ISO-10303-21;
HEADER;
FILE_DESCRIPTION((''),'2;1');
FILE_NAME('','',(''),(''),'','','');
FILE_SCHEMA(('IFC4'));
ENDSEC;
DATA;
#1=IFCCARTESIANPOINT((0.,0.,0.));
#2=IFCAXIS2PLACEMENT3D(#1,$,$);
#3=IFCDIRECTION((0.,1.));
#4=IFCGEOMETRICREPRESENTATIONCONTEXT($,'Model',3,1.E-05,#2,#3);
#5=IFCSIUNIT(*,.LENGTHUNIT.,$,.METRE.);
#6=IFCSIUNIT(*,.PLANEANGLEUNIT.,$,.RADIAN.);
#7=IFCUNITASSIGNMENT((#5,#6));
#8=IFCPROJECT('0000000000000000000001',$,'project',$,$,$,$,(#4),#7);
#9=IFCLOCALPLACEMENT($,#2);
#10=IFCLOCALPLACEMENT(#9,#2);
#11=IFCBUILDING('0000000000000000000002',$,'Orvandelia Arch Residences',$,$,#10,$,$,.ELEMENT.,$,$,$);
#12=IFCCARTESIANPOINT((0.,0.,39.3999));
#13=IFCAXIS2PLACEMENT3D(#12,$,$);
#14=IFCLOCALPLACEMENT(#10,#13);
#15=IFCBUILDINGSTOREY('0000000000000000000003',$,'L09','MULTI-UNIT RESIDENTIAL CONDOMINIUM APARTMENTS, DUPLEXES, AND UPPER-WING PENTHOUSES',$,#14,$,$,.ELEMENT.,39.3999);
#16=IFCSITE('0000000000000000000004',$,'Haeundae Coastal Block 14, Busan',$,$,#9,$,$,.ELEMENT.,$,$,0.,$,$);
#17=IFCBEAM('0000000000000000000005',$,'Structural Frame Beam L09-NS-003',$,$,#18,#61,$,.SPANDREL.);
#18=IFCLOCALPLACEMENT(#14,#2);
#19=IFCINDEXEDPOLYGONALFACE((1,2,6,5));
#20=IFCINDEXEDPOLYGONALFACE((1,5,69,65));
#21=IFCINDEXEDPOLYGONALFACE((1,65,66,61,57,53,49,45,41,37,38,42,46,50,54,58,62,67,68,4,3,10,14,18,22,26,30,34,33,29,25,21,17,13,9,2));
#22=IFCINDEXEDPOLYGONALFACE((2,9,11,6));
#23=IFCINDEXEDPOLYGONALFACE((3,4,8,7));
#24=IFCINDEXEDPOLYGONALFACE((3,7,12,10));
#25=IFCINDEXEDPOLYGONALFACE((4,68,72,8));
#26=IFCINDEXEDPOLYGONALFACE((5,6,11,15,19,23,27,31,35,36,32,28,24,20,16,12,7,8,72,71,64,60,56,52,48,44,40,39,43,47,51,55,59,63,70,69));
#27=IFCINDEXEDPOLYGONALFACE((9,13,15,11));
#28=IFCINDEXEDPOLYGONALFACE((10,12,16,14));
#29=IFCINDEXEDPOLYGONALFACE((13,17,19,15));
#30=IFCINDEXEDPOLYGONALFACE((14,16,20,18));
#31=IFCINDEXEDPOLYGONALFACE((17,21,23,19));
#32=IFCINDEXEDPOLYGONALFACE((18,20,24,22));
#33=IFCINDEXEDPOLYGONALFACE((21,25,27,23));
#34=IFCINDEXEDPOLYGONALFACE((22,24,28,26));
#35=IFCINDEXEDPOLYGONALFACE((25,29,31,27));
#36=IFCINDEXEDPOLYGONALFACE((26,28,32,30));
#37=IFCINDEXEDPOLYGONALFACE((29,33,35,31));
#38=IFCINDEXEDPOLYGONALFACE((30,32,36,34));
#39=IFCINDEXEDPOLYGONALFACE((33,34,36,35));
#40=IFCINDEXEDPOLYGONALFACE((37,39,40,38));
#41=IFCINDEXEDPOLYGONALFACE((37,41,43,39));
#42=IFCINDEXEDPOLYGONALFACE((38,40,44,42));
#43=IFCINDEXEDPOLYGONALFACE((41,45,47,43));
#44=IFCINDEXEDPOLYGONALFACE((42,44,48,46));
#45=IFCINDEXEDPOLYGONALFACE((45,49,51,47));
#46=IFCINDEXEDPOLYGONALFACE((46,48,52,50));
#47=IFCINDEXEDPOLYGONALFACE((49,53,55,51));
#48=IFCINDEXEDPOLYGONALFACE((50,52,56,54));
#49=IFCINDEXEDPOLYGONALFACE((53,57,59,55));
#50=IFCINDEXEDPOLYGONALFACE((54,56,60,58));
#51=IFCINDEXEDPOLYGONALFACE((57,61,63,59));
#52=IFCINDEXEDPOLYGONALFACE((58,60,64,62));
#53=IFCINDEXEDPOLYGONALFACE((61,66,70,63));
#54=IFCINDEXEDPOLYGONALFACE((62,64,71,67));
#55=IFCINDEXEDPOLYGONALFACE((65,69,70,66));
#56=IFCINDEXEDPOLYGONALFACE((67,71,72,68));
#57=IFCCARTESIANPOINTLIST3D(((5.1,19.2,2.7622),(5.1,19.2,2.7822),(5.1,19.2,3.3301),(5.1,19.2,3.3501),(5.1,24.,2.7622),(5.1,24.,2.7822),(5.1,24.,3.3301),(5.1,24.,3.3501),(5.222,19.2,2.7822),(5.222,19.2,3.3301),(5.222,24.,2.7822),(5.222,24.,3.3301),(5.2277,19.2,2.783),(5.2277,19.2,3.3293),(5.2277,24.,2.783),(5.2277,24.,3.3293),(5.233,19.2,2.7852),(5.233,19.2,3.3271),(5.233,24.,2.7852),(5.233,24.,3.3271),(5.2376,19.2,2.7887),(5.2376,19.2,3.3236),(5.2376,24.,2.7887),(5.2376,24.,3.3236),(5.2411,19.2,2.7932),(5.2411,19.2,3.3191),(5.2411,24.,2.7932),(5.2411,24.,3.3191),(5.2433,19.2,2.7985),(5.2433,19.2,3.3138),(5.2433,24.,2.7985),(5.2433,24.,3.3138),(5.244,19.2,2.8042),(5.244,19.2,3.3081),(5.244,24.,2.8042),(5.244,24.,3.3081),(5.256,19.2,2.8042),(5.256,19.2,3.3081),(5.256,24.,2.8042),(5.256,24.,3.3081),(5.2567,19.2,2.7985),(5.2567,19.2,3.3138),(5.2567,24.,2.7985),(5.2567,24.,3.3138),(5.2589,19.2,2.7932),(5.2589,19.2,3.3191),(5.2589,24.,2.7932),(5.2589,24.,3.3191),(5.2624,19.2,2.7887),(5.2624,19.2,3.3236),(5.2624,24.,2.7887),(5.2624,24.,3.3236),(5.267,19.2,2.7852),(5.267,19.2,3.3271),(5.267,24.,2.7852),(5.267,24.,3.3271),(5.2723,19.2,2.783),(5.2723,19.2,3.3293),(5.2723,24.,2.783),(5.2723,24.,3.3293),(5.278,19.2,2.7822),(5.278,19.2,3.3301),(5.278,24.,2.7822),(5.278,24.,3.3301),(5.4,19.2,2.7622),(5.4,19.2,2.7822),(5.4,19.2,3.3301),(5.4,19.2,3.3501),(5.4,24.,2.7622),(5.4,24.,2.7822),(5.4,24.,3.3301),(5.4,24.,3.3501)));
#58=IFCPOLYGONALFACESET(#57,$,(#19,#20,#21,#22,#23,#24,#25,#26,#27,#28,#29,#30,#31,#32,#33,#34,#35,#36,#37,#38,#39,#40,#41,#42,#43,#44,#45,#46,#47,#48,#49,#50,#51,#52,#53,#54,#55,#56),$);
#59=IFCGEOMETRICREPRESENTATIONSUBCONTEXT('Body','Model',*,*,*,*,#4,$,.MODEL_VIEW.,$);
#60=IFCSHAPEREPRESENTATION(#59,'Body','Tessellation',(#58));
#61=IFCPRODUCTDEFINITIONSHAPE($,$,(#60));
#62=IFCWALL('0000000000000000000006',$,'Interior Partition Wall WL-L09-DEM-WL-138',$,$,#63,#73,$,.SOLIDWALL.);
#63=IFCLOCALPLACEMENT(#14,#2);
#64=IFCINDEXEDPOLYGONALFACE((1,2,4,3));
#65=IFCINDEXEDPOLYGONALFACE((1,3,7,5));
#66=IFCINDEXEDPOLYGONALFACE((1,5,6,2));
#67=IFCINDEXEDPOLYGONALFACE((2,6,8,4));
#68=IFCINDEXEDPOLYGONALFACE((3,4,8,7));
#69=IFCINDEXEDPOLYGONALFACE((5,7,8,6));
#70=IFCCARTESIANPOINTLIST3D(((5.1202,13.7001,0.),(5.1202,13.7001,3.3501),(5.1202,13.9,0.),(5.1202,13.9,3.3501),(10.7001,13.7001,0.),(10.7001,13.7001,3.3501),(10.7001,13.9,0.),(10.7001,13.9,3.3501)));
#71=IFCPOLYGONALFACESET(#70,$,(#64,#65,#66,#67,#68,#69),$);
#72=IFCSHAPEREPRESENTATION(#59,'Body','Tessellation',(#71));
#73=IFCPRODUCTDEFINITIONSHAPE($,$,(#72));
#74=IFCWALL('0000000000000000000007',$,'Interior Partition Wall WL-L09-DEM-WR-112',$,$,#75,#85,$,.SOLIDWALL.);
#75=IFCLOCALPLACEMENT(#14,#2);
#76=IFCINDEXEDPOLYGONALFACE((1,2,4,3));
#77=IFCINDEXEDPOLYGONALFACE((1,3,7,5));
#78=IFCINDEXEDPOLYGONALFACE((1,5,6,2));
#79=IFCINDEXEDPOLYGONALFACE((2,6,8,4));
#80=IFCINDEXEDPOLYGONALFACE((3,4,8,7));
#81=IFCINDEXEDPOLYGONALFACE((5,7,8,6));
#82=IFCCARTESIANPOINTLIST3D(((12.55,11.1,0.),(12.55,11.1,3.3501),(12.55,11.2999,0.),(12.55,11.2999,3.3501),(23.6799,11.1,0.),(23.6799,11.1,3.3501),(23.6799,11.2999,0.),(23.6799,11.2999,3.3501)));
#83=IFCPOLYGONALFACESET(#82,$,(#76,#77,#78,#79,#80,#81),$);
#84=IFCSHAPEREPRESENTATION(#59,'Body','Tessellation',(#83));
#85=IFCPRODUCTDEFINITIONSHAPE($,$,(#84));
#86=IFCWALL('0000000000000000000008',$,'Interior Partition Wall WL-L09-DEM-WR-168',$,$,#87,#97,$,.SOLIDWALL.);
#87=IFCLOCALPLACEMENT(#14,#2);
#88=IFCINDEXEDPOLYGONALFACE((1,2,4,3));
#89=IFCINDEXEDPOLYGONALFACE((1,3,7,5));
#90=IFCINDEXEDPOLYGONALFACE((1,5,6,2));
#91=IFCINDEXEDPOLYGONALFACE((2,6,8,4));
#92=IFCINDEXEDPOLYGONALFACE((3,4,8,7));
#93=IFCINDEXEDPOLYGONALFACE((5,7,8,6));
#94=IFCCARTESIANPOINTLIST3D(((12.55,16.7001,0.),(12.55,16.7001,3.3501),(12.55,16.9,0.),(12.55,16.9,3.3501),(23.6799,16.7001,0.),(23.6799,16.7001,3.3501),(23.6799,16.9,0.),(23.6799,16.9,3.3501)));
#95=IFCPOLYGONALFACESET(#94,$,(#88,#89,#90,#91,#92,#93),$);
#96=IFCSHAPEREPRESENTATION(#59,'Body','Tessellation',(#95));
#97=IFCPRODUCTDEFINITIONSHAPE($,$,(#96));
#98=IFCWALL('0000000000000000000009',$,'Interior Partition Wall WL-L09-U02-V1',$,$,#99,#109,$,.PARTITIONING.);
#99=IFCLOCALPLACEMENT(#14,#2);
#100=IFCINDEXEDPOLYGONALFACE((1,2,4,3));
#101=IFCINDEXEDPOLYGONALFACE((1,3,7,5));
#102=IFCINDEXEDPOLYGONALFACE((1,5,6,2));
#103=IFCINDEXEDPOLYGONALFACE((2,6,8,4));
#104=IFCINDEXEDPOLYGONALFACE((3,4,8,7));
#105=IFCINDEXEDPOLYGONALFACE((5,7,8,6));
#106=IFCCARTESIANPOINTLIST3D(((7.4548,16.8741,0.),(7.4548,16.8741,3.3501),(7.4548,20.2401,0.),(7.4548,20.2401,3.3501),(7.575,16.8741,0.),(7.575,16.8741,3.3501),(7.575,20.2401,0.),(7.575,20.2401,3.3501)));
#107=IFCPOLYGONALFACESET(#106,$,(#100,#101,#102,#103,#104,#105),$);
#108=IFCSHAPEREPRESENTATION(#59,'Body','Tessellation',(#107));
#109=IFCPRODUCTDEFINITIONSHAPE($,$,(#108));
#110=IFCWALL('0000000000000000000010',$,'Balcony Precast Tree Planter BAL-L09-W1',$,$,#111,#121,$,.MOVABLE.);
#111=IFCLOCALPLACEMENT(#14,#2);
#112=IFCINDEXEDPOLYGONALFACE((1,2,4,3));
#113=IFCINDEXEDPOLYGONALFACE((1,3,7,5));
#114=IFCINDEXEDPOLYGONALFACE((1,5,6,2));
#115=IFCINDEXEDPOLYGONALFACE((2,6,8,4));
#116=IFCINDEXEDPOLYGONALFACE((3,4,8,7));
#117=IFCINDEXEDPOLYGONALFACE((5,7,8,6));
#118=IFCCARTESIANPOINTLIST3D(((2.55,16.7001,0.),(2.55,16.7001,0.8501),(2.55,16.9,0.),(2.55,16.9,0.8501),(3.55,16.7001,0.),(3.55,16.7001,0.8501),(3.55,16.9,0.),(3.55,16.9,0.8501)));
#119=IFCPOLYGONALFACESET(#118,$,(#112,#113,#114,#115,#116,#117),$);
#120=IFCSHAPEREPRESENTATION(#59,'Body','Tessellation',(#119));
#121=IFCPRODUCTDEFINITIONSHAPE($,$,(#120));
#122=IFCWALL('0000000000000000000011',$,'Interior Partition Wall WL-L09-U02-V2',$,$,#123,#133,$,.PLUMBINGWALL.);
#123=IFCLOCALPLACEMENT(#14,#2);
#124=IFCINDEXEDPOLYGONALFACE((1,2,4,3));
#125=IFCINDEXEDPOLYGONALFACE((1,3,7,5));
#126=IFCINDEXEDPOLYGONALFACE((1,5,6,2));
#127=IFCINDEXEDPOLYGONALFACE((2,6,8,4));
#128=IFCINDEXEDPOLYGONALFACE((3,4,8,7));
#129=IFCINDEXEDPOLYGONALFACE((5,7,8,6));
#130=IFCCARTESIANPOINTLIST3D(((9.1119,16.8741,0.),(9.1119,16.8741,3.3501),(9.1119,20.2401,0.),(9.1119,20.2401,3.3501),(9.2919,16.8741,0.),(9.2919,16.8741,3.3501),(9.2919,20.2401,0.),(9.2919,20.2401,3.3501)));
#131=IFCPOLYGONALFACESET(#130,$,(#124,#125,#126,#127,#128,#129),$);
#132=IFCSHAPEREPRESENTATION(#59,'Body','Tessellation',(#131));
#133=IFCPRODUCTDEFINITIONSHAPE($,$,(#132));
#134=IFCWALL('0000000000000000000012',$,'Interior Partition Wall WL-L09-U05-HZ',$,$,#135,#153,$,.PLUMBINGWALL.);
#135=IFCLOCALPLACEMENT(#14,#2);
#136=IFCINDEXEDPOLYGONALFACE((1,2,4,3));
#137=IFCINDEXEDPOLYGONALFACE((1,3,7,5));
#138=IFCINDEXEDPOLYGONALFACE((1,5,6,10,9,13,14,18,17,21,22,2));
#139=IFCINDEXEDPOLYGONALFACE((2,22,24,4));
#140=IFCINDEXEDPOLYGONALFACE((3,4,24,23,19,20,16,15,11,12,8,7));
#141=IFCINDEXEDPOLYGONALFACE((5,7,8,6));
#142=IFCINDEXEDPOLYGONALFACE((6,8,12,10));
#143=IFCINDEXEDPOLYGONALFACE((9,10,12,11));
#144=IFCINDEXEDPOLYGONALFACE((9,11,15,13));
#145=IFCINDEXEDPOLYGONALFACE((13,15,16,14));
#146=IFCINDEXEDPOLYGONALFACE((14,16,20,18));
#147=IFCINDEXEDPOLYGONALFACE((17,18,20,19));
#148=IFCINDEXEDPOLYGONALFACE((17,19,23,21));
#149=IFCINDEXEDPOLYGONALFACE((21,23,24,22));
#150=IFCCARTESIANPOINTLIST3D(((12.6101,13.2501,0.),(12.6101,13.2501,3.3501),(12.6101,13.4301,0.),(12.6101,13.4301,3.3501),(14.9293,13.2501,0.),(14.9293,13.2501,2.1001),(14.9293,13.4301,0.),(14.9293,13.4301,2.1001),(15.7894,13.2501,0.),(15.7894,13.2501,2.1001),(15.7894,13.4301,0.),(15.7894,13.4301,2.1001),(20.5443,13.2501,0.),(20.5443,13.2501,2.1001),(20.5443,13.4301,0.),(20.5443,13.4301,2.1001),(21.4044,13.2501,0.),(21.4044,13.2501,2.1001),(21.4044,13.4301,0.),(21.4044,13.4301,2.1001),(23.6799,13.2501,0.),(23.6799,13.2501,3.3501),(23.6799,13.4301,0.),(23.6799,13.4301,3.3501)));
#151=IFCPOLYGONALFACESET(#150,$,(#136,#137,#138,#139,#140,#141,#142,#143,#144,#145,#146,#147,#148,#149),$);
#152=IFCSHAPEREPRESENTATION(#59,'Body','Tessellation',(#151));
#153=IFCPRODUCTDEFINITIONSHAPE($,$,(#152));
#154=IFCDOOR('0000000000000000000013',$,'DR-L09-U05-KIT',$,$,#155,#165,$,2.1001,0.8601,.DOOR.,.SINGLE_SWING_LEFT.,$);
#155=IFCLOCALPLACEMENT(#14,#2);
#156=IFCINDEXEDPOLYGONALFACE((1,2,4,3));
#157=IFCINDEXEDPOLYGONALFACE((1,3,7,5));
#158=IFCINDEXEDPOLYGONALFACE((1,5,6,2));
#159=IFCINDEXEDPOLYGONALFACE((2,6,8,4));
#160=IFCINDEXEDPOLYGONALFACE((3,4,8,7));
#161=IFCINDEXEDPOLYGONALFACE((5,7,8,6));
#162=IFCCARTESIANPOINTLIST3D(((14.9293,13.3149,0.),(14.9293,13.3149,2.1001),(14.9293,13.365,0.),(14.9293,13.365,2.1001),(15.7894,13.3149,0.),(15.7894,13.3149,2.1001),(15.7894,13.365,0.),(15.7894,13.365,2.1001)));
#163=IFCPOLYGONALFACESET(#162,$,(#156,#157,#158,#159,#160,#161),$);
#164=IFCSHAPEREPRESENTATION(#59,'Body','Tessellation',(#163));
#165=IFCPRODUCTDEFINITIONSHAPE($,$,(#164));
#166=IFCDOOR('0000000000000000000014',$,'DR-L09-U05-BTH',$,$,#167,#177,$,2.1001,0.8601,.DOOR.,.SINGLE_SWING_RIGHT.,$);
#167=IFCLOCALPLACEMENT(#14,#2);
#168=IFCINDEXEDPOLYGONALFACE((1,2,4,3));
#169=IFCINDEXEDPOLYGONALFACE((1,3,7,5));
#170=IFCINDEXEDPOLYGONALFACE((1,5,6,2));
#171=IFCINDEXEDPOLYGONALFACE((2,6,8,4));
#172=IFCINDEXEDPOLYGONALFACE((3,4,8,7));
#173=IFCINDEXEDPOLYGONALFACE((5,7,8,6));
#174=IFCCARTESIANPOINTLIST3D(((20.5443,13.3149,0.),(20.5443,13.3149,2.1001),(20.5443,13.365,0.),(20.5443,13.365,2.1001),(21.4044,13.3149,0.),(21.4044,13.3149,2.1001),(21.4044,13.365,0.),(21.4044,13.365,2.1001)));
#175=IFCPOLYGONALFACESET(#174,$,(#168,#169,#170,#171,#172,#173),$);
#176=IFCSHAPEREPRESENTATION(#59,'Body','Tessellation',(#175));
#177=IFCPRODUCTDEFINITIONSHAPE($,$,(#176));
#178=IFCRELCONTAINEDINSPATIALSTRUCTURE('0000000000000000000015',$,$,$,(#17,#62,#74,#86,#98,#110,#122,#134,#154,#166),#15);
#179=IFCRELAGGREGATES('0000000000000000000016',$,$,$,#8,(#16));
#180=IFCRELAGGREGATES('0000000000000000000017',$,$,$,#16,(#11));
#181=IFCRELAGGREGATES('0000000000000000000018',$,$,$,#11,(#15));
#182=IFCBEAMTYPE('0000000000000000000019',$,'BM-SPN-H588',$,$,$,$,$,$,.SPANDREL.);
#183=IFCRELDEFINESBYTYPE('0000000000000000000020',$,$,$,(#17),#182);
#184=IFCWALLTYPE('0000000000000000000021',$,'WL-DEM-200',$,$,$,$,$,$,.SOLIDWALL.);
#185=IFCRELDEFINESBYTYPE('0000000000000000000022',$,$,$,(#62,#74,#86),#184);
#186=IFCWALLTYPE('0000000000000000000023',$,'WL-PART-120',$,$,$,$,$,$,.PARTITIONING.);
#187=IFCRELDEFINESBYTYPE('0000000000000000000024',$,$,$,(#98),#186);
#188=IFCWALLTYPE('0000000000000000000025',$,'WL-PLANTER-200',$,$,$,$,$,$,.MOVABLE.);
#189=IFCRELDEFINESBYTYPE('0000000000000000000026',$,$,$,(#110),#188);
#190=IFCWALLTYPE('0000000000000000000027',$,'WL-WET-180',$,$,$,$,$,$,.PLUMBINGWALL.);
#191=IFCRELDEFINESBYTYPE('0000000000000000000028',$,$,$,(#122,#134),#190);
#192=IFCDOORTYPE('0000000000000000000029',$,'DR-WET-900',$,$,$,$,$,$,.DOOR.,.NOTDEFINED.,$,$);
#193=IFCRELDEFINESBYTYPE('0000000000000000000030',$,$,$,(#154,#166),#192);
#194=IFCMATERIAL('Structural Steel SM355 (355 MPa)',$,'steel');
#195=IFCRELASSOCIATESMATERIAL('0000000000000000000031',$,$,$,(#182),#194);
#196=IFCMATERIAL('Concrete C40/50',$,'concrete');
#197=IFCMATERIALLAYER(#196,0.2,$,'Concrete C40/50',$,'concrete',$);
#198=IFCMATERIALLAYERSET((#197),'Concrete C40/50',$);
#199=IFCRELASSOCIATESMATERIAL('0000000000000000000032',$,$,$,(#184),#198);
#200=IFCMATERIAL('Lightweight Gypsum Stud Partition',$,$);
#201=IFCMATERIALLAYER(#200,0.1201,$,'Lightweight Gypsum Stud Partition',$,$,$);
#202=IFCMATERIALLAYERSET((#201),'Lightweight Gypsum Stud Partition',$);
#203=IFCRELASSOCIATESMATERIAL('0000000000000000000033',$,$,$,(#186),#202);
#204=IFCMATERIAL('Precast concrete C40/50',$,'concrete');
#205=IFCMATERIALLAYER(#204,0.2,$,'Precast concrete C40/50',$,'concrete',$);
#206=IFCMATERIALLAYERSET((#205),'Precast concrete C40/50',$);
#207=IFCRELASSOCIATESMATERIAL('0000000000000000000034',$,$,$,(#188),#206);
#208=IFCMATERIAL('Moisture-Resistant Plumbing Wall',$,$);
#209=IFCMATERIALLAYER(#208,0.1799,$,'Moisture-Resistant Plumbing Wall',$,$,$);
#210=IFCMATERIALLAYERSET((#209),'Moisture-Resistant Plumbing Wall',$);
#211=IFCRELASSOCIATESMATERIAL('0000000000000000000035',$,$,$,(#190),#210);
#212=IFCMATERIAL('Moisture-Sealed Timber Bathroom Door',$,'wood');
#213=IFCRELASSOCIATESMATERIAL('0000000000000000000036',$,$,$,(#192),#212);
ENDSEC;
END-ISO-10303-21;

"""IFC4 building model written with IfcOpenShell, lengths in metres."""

from ifc_helpers import new_model, si_unit, direction, frame, frame_2d, origin, origin_2d, place, context, subcontext, project, spatial, rectangle, i_section, extrude, material, layer, layer_set, material_profile, profile_set, type_object, element, fill, save


model = new_model("IFC4")

# Units and contexts
model_context = context("Model", 3, precision=1e-05, world=origin(), true_north=direction((0.0, 1.0)))
body_context = subcontext(model_context, "Body", "Model", "MODEL_VIEW")
ifc_project = project(units=[si_unit("LENGTHUNIT", "METRE"), si_unit("PLANEANGLEUNIT", "RADIAN")], contexts=[model_context])

# Site, building, storey
site_placement = place(None, origin())
site = spatial("IfcSite", under=ifc_project, at=site_placement, Name="Haeundae Coastal Block 14, Busan", CompositionType="ELEMENT", RefElevation=0.0)
building_placement = place(site_placement, origin())
building = spatial("IfcBuilding", under=site, at=building_placement, Name="Orvandelia Arch Residences", CompositionType="ELEMENT")
storey_placement = place(building_placement, frame((0.0, 0.0, 39.3999)))
storey = spatial("IfcBuildingStorey", under=building, at=storey_placement, Name="L09", Description="MULTI-UNIT RESIDENTIAL CONDOMINIUM APARTMENTS, DUPLEXES, AND UPPER-WING PENTHOUSES", CompositionType="ELEMENT", Elevation=39.3999)

# Beam
ifc_material_1 = material(Name="Structural Steel SM355 (355 MPa)", Category="steel")
ifc_material_profile_1 = material_profile(ifc_material_1, i_section(OverallWidth=0.3, OverallDepth=0.5879, WebThickness=0.012, FlangeThickness=0.02, FilletRadius=0.022, at=origin_2d()), Name="Structural Steel SM355 (355 MPa)", Category="steel")
ifc_profile_set_1 = profile_set([ifc_material_profile_1], Name="Structural Steel SM355 (355 MPa)")
beam_type_1 = type_object("IfcBeamType", Name="BM-SPN-H588", PredefinedType="SPANDREL", material=ifc_profile_set_1)
for number, where, z_axis, x_axis, name in (
    (1, (5.25, 19.2, 3.0562), (0.0, 1.0, 0.0), (-1.0, 0.0, 0.0), "Structural Frame Beam L09-NS-003"),
):
    element("IfcBeam", number, at=place(storey_placement, frame(where, z_axis=z_axis, x_axis=x_axis)), inside=storey, type_object=beam_type_1, Name=name, PredefinedType="SPANDREL", context=body_context, shape_type="SweptSolid", body=[
        extrude(i_section(OverallWidth=0.3, OverallDepth=0.5879, WebThickness=0.012, FlangeThickness=0.02, FilletRadius=0.022, at=origin_2d()), origin(), (0.0, 0.0, 1.0), 4.8),
    ])

# Walls
ifc_material_2 = material(Name="Concrete C40/50", Category="concrete")
ifc_layer_1 = layer(ifc_material_2, 0.2, Name="Concrete C40/50", Category="concrete")
ifc_layer_set_1 = layer_set([ifc_layer_1], Name="Concrete C40/50")
wall_type_1 = type_object("IfcWallType", Name="WL-DEM-200", PredefinedType="SOLIDWALL", material=ifc_layer_set_1)
wall_1_placement = place(storey_placement, frame((5.1201, 13.8, 0.0), z_axis=(0.0, 0.0, 1.0), x_axis=(1.0, 0.0, 0.0)))
element("IfcWall", 2, at=wall_1_placement, inside=storey, type_object=wall_type_1, Name="Interior Partition Wall WL-L09-DEM-WL-138", PredefinedType="SOLIDWALL", context=body_context, shape_type="SweptSolid", body=[
    extrude(rectangle(XDim=5.5798, YDim=0.2, at=frame_2d((2.79, 0.0))), origin(), (0.0, 0.0, 1.0), 3.3501),
])
for number, where, z_axis, x_axis, name in (
    (3, (12.55, 11.2, 0.0), (0.0, 0.0, 1.0), (1.0, 0.0, 0.0), "Interior Partition Wall WL-L09-DEM-WR-112"),
    (4, (12.55, 16.8, 0.0), (0.0, 0.0, 1.0), (1.0, 0.0, 0.0), "Interior Partition Wall WL-L09-DEM-WR-168"),
):
    element("IfcWall", number, at=place(storey_placement, frame(where, z_axis=z_axis, x_axis=x_axis)), inside=storey, type_object=wall_type_1, Name=name, PredefinedType="SOLIDWALL", context=body_context, shape_type="SweptSolid", body=[
        extrude(rectangle(XDim=11.1299, YDim=0.2, at=frame_2d((5.5649, 0.0))), origin(), (0.0, 0.0, 1.0), 3.3501),
    ])
ifc_material_3 = material(Name="Lightweight Gypsum Stud Partition")
ifc_layer_2 = layer(ifc_material_3, 0.1201, Name="Lightweight Gypsum Stud Partition")
ifc_layer_set_2 = layer_set([ifc_layer_2], Name="Lightweight Gypsum Stud Partition")
wall_type_2 = type_object("IfcWallType", Name="WL-PART-120", PredefinedType="PARTITIONING", material=ifc_layer_set_2)
wall_2_placement = place(storey_placement, frame((7.5149, 16.874, 0.0), z_axis=(0.0, 0.0, 1.0), x_axis=(0.0, 1.0, 0.0)))
element("IfcWall", 5, at=wall_2_placement, inside=storey, type_object=wall_type_2, Name="Interior Partition Wall WL-L09-U02-V1", PredefinedType="PARTITIONING", context=body_context, shape_type="SweptSolid", body=[
    extrude(rectangle(XDim=3.366, YDim=0.1201, at=frame_2d((1.6831, 0.0))), origin(), (0.0, 0.0, 1.0), 3.3501),
])
ifc_material_4 = material(Name="Precast concrete C40/50", Category="concrete")
ifc_layer_3 = layer(ifc_material_4, 0.2, Name="Precast concrete C40/50", Category="concrete")
ifc_layer_set_3 = layer_set([ifc_layer_3], Name="Precast concrete C40/50")
wall_type_3 = type_object("IfcWallType", Name="WL-PLANTER-200", PredefinedType="MOVABLE", material=ifc_layer_set_3)
wall_3_placement = place(storey_placement, frame((2.55, 16.8, 0.0), z_axis=(0.0, 0.0, 1.0), x_axis=(1.0, 0.0, 0.0)))
element("IfcWall", 6, at=wall_3_placement, inside=storey, type_object=wall_type_3, Name="Balcony Precast Tree Planter BAL-L09-W1", PredefinedType="MOVABLE", context=body_context, shape_type="SweptSolid", body=[
    extrude(rectangle(XDim=1.0, YDim=0.2, at=frame_2d((0.5, 0.0))), origin(), (0.0, 0.0, 1.0), 0.8501),
])

# Shared definitions
ifc_material_5 = material(Name="Moisture-Resistant Plumbing Wall")
ifc_layer_4 = layer(ifc_material_5, 0.1799, Name="Moisture-Resistant Plumbing Wall")
ifc_layer_set_4 = layer_set([ifc_layer_4], Name="Moisture-Resistant Plumbing Wall")
wall_type_4 = type_object("IfcWallType", Name="WL-WET-180", PredefinedType="PLUMBINGWALL", material=ifc_layer_set_4)
ifc_material_6 = material(Name="Moisture-Sealed Timber Bathroom Door", Category="wood")
door_type_1 = type_object("IfcDoorType", Name="DR-WET-900", OperationType="NOTDEFINED", PredefinedType="DOOR", material=ifc_material_6)

# Wall
wall_4_placement = place(storey_placement, frame((9.2019, 16.874, 0.0), z_axis=(0.0, 0.0, 1.0), x_axis=(0.0, 1.0, 0.0)))
element("IfcWall", 7, at=wall_4_placement, inside=storey, type_object=wall_type_4, Name="Interior Partition Wall WL-L09-U02-V2", PredefinedType="PLUMBINGWALL", context=body_context, shape_type="SweptSolid", body=[
    extrude(rectangle(XDim=3.366, YDim=0.1799, at=frame_2d((1.6831, 0.0))), origin(), (0.0, 0.0, 1.0), 3.3501),
])

# Wall, openings, doors
wall_5_placement = place(storey_placement, frame((12.6101, 13.3401, 0.0), z_axis=(0.0, 0.0, 1.0), x_axis=(1.0, 0.0, 0.0)))
wall_5 = element("IfcWall", 8, at=wall_5_placement, inside=storey, type_object=wall_type_4, Name="Interior Partition Wall WL-L09-U05-HZ", PredefinedType="PLUMBINGWALL", context=body_context, shape_type="SweptSolid", body=[
    extrude(rectangle(XDim=11.0698, YDim=0.1799, at=frame_2d((5.5349, 0.0))), origin(), (0.0, 0.0, 1.0), 3.3501),
])
opening_1_placement = place(wall_5_placement, frame((2.3191, 0.0, 0.0)))
opening_1 = element("IfcOpeningElement", 9, at=opening_1_placement, cuts=wall_5, PredefinedType="OPENING", context=body_context, shape_type="SweptSolid", body=[
    extrude(rectangle(XDim=0.8601, YDim=2.1001, at=frame_2d((0.4302, 1.05))), frame((0.0, 0.1001, 0.0), z_axis=(0.0, -1.0, 0.0), x_axis=(1.0, 0.0, 0.0)), (0.0, 0.0, 1.0), 0.2),
])
opening_2_placement = place(wall_5_placement, frame((7.9341, 0.0, 0.0)))
opening_2 = element("IfcOpeningElement", 10, at=opening_2_placement, cuts=wall_5, PredefinedType="OPENING", context=body_context, shape_type="SweptSolid", body=[
    extrude(rectangle(XDim=0.8601, YDim=2.1001, at=frame_2d((0.4302, 1.05))), frame((0.0, 0.1001, 0.0), z_axis=(0.0, -1.0, 0.0), x_axis=(1.0, 0.0, 0.0)), (0.0, 0.0, 1.0), 0.2),
])
door_1_placement = place(opening_1_placement, origin())
door_1 = element("IfcDoor", 11, at=door_1_placement, inside=storey, type_object=door_type_1, Name="DR-L09-U05-KIT", OperationType="SINGLE_SWING_LEFT", OverallHeight=2.1001, OverallWidth=0.8601, PredefinedType="DOOR", context=body_context, shape_type="SweptSolid", body=[
    extrude(rectangle(XDim=0.8601, YDim=2.1001, at=frame_2d((0.4302, 1.05))), frame((0.0, 0.0249, 0.0), z_axis=(0.0, -1.0, 0.0), x_axis=(1.0, 0.0, 0.0)), (0.0, 0.0, 1.0), 0.05),
])
fill(opening_1, door_1)
door_2_placement = place(opening_2_placement, origin())
door_2 = element("IfcDoor", 12, at=door_2_placement, inside=storey, type_object=door_type_1, Name="DR-L09-U05-BTH", OperationType="SINGLE_SWING_RIGHT", OverallHeight=2.1001, OverallWidth=0.8601, PredefinedType="DOOR", context=body_context, shape_type="SweptSolid", body=[
    extrude(rectangle(XDim=0.8601, YDim=2.1001, at=frame_2d((0.4302, 1.05))), frame((0.0, 0.0249, 0.0), z_axis=(0.0, -1.0, 0.0), x_axis=(1.0, 0.0, 0.0)), (0.0, 0.0, 1.0), 0.05),
])
fill(opening_2, door_2)

save(model, "model.ifc")
